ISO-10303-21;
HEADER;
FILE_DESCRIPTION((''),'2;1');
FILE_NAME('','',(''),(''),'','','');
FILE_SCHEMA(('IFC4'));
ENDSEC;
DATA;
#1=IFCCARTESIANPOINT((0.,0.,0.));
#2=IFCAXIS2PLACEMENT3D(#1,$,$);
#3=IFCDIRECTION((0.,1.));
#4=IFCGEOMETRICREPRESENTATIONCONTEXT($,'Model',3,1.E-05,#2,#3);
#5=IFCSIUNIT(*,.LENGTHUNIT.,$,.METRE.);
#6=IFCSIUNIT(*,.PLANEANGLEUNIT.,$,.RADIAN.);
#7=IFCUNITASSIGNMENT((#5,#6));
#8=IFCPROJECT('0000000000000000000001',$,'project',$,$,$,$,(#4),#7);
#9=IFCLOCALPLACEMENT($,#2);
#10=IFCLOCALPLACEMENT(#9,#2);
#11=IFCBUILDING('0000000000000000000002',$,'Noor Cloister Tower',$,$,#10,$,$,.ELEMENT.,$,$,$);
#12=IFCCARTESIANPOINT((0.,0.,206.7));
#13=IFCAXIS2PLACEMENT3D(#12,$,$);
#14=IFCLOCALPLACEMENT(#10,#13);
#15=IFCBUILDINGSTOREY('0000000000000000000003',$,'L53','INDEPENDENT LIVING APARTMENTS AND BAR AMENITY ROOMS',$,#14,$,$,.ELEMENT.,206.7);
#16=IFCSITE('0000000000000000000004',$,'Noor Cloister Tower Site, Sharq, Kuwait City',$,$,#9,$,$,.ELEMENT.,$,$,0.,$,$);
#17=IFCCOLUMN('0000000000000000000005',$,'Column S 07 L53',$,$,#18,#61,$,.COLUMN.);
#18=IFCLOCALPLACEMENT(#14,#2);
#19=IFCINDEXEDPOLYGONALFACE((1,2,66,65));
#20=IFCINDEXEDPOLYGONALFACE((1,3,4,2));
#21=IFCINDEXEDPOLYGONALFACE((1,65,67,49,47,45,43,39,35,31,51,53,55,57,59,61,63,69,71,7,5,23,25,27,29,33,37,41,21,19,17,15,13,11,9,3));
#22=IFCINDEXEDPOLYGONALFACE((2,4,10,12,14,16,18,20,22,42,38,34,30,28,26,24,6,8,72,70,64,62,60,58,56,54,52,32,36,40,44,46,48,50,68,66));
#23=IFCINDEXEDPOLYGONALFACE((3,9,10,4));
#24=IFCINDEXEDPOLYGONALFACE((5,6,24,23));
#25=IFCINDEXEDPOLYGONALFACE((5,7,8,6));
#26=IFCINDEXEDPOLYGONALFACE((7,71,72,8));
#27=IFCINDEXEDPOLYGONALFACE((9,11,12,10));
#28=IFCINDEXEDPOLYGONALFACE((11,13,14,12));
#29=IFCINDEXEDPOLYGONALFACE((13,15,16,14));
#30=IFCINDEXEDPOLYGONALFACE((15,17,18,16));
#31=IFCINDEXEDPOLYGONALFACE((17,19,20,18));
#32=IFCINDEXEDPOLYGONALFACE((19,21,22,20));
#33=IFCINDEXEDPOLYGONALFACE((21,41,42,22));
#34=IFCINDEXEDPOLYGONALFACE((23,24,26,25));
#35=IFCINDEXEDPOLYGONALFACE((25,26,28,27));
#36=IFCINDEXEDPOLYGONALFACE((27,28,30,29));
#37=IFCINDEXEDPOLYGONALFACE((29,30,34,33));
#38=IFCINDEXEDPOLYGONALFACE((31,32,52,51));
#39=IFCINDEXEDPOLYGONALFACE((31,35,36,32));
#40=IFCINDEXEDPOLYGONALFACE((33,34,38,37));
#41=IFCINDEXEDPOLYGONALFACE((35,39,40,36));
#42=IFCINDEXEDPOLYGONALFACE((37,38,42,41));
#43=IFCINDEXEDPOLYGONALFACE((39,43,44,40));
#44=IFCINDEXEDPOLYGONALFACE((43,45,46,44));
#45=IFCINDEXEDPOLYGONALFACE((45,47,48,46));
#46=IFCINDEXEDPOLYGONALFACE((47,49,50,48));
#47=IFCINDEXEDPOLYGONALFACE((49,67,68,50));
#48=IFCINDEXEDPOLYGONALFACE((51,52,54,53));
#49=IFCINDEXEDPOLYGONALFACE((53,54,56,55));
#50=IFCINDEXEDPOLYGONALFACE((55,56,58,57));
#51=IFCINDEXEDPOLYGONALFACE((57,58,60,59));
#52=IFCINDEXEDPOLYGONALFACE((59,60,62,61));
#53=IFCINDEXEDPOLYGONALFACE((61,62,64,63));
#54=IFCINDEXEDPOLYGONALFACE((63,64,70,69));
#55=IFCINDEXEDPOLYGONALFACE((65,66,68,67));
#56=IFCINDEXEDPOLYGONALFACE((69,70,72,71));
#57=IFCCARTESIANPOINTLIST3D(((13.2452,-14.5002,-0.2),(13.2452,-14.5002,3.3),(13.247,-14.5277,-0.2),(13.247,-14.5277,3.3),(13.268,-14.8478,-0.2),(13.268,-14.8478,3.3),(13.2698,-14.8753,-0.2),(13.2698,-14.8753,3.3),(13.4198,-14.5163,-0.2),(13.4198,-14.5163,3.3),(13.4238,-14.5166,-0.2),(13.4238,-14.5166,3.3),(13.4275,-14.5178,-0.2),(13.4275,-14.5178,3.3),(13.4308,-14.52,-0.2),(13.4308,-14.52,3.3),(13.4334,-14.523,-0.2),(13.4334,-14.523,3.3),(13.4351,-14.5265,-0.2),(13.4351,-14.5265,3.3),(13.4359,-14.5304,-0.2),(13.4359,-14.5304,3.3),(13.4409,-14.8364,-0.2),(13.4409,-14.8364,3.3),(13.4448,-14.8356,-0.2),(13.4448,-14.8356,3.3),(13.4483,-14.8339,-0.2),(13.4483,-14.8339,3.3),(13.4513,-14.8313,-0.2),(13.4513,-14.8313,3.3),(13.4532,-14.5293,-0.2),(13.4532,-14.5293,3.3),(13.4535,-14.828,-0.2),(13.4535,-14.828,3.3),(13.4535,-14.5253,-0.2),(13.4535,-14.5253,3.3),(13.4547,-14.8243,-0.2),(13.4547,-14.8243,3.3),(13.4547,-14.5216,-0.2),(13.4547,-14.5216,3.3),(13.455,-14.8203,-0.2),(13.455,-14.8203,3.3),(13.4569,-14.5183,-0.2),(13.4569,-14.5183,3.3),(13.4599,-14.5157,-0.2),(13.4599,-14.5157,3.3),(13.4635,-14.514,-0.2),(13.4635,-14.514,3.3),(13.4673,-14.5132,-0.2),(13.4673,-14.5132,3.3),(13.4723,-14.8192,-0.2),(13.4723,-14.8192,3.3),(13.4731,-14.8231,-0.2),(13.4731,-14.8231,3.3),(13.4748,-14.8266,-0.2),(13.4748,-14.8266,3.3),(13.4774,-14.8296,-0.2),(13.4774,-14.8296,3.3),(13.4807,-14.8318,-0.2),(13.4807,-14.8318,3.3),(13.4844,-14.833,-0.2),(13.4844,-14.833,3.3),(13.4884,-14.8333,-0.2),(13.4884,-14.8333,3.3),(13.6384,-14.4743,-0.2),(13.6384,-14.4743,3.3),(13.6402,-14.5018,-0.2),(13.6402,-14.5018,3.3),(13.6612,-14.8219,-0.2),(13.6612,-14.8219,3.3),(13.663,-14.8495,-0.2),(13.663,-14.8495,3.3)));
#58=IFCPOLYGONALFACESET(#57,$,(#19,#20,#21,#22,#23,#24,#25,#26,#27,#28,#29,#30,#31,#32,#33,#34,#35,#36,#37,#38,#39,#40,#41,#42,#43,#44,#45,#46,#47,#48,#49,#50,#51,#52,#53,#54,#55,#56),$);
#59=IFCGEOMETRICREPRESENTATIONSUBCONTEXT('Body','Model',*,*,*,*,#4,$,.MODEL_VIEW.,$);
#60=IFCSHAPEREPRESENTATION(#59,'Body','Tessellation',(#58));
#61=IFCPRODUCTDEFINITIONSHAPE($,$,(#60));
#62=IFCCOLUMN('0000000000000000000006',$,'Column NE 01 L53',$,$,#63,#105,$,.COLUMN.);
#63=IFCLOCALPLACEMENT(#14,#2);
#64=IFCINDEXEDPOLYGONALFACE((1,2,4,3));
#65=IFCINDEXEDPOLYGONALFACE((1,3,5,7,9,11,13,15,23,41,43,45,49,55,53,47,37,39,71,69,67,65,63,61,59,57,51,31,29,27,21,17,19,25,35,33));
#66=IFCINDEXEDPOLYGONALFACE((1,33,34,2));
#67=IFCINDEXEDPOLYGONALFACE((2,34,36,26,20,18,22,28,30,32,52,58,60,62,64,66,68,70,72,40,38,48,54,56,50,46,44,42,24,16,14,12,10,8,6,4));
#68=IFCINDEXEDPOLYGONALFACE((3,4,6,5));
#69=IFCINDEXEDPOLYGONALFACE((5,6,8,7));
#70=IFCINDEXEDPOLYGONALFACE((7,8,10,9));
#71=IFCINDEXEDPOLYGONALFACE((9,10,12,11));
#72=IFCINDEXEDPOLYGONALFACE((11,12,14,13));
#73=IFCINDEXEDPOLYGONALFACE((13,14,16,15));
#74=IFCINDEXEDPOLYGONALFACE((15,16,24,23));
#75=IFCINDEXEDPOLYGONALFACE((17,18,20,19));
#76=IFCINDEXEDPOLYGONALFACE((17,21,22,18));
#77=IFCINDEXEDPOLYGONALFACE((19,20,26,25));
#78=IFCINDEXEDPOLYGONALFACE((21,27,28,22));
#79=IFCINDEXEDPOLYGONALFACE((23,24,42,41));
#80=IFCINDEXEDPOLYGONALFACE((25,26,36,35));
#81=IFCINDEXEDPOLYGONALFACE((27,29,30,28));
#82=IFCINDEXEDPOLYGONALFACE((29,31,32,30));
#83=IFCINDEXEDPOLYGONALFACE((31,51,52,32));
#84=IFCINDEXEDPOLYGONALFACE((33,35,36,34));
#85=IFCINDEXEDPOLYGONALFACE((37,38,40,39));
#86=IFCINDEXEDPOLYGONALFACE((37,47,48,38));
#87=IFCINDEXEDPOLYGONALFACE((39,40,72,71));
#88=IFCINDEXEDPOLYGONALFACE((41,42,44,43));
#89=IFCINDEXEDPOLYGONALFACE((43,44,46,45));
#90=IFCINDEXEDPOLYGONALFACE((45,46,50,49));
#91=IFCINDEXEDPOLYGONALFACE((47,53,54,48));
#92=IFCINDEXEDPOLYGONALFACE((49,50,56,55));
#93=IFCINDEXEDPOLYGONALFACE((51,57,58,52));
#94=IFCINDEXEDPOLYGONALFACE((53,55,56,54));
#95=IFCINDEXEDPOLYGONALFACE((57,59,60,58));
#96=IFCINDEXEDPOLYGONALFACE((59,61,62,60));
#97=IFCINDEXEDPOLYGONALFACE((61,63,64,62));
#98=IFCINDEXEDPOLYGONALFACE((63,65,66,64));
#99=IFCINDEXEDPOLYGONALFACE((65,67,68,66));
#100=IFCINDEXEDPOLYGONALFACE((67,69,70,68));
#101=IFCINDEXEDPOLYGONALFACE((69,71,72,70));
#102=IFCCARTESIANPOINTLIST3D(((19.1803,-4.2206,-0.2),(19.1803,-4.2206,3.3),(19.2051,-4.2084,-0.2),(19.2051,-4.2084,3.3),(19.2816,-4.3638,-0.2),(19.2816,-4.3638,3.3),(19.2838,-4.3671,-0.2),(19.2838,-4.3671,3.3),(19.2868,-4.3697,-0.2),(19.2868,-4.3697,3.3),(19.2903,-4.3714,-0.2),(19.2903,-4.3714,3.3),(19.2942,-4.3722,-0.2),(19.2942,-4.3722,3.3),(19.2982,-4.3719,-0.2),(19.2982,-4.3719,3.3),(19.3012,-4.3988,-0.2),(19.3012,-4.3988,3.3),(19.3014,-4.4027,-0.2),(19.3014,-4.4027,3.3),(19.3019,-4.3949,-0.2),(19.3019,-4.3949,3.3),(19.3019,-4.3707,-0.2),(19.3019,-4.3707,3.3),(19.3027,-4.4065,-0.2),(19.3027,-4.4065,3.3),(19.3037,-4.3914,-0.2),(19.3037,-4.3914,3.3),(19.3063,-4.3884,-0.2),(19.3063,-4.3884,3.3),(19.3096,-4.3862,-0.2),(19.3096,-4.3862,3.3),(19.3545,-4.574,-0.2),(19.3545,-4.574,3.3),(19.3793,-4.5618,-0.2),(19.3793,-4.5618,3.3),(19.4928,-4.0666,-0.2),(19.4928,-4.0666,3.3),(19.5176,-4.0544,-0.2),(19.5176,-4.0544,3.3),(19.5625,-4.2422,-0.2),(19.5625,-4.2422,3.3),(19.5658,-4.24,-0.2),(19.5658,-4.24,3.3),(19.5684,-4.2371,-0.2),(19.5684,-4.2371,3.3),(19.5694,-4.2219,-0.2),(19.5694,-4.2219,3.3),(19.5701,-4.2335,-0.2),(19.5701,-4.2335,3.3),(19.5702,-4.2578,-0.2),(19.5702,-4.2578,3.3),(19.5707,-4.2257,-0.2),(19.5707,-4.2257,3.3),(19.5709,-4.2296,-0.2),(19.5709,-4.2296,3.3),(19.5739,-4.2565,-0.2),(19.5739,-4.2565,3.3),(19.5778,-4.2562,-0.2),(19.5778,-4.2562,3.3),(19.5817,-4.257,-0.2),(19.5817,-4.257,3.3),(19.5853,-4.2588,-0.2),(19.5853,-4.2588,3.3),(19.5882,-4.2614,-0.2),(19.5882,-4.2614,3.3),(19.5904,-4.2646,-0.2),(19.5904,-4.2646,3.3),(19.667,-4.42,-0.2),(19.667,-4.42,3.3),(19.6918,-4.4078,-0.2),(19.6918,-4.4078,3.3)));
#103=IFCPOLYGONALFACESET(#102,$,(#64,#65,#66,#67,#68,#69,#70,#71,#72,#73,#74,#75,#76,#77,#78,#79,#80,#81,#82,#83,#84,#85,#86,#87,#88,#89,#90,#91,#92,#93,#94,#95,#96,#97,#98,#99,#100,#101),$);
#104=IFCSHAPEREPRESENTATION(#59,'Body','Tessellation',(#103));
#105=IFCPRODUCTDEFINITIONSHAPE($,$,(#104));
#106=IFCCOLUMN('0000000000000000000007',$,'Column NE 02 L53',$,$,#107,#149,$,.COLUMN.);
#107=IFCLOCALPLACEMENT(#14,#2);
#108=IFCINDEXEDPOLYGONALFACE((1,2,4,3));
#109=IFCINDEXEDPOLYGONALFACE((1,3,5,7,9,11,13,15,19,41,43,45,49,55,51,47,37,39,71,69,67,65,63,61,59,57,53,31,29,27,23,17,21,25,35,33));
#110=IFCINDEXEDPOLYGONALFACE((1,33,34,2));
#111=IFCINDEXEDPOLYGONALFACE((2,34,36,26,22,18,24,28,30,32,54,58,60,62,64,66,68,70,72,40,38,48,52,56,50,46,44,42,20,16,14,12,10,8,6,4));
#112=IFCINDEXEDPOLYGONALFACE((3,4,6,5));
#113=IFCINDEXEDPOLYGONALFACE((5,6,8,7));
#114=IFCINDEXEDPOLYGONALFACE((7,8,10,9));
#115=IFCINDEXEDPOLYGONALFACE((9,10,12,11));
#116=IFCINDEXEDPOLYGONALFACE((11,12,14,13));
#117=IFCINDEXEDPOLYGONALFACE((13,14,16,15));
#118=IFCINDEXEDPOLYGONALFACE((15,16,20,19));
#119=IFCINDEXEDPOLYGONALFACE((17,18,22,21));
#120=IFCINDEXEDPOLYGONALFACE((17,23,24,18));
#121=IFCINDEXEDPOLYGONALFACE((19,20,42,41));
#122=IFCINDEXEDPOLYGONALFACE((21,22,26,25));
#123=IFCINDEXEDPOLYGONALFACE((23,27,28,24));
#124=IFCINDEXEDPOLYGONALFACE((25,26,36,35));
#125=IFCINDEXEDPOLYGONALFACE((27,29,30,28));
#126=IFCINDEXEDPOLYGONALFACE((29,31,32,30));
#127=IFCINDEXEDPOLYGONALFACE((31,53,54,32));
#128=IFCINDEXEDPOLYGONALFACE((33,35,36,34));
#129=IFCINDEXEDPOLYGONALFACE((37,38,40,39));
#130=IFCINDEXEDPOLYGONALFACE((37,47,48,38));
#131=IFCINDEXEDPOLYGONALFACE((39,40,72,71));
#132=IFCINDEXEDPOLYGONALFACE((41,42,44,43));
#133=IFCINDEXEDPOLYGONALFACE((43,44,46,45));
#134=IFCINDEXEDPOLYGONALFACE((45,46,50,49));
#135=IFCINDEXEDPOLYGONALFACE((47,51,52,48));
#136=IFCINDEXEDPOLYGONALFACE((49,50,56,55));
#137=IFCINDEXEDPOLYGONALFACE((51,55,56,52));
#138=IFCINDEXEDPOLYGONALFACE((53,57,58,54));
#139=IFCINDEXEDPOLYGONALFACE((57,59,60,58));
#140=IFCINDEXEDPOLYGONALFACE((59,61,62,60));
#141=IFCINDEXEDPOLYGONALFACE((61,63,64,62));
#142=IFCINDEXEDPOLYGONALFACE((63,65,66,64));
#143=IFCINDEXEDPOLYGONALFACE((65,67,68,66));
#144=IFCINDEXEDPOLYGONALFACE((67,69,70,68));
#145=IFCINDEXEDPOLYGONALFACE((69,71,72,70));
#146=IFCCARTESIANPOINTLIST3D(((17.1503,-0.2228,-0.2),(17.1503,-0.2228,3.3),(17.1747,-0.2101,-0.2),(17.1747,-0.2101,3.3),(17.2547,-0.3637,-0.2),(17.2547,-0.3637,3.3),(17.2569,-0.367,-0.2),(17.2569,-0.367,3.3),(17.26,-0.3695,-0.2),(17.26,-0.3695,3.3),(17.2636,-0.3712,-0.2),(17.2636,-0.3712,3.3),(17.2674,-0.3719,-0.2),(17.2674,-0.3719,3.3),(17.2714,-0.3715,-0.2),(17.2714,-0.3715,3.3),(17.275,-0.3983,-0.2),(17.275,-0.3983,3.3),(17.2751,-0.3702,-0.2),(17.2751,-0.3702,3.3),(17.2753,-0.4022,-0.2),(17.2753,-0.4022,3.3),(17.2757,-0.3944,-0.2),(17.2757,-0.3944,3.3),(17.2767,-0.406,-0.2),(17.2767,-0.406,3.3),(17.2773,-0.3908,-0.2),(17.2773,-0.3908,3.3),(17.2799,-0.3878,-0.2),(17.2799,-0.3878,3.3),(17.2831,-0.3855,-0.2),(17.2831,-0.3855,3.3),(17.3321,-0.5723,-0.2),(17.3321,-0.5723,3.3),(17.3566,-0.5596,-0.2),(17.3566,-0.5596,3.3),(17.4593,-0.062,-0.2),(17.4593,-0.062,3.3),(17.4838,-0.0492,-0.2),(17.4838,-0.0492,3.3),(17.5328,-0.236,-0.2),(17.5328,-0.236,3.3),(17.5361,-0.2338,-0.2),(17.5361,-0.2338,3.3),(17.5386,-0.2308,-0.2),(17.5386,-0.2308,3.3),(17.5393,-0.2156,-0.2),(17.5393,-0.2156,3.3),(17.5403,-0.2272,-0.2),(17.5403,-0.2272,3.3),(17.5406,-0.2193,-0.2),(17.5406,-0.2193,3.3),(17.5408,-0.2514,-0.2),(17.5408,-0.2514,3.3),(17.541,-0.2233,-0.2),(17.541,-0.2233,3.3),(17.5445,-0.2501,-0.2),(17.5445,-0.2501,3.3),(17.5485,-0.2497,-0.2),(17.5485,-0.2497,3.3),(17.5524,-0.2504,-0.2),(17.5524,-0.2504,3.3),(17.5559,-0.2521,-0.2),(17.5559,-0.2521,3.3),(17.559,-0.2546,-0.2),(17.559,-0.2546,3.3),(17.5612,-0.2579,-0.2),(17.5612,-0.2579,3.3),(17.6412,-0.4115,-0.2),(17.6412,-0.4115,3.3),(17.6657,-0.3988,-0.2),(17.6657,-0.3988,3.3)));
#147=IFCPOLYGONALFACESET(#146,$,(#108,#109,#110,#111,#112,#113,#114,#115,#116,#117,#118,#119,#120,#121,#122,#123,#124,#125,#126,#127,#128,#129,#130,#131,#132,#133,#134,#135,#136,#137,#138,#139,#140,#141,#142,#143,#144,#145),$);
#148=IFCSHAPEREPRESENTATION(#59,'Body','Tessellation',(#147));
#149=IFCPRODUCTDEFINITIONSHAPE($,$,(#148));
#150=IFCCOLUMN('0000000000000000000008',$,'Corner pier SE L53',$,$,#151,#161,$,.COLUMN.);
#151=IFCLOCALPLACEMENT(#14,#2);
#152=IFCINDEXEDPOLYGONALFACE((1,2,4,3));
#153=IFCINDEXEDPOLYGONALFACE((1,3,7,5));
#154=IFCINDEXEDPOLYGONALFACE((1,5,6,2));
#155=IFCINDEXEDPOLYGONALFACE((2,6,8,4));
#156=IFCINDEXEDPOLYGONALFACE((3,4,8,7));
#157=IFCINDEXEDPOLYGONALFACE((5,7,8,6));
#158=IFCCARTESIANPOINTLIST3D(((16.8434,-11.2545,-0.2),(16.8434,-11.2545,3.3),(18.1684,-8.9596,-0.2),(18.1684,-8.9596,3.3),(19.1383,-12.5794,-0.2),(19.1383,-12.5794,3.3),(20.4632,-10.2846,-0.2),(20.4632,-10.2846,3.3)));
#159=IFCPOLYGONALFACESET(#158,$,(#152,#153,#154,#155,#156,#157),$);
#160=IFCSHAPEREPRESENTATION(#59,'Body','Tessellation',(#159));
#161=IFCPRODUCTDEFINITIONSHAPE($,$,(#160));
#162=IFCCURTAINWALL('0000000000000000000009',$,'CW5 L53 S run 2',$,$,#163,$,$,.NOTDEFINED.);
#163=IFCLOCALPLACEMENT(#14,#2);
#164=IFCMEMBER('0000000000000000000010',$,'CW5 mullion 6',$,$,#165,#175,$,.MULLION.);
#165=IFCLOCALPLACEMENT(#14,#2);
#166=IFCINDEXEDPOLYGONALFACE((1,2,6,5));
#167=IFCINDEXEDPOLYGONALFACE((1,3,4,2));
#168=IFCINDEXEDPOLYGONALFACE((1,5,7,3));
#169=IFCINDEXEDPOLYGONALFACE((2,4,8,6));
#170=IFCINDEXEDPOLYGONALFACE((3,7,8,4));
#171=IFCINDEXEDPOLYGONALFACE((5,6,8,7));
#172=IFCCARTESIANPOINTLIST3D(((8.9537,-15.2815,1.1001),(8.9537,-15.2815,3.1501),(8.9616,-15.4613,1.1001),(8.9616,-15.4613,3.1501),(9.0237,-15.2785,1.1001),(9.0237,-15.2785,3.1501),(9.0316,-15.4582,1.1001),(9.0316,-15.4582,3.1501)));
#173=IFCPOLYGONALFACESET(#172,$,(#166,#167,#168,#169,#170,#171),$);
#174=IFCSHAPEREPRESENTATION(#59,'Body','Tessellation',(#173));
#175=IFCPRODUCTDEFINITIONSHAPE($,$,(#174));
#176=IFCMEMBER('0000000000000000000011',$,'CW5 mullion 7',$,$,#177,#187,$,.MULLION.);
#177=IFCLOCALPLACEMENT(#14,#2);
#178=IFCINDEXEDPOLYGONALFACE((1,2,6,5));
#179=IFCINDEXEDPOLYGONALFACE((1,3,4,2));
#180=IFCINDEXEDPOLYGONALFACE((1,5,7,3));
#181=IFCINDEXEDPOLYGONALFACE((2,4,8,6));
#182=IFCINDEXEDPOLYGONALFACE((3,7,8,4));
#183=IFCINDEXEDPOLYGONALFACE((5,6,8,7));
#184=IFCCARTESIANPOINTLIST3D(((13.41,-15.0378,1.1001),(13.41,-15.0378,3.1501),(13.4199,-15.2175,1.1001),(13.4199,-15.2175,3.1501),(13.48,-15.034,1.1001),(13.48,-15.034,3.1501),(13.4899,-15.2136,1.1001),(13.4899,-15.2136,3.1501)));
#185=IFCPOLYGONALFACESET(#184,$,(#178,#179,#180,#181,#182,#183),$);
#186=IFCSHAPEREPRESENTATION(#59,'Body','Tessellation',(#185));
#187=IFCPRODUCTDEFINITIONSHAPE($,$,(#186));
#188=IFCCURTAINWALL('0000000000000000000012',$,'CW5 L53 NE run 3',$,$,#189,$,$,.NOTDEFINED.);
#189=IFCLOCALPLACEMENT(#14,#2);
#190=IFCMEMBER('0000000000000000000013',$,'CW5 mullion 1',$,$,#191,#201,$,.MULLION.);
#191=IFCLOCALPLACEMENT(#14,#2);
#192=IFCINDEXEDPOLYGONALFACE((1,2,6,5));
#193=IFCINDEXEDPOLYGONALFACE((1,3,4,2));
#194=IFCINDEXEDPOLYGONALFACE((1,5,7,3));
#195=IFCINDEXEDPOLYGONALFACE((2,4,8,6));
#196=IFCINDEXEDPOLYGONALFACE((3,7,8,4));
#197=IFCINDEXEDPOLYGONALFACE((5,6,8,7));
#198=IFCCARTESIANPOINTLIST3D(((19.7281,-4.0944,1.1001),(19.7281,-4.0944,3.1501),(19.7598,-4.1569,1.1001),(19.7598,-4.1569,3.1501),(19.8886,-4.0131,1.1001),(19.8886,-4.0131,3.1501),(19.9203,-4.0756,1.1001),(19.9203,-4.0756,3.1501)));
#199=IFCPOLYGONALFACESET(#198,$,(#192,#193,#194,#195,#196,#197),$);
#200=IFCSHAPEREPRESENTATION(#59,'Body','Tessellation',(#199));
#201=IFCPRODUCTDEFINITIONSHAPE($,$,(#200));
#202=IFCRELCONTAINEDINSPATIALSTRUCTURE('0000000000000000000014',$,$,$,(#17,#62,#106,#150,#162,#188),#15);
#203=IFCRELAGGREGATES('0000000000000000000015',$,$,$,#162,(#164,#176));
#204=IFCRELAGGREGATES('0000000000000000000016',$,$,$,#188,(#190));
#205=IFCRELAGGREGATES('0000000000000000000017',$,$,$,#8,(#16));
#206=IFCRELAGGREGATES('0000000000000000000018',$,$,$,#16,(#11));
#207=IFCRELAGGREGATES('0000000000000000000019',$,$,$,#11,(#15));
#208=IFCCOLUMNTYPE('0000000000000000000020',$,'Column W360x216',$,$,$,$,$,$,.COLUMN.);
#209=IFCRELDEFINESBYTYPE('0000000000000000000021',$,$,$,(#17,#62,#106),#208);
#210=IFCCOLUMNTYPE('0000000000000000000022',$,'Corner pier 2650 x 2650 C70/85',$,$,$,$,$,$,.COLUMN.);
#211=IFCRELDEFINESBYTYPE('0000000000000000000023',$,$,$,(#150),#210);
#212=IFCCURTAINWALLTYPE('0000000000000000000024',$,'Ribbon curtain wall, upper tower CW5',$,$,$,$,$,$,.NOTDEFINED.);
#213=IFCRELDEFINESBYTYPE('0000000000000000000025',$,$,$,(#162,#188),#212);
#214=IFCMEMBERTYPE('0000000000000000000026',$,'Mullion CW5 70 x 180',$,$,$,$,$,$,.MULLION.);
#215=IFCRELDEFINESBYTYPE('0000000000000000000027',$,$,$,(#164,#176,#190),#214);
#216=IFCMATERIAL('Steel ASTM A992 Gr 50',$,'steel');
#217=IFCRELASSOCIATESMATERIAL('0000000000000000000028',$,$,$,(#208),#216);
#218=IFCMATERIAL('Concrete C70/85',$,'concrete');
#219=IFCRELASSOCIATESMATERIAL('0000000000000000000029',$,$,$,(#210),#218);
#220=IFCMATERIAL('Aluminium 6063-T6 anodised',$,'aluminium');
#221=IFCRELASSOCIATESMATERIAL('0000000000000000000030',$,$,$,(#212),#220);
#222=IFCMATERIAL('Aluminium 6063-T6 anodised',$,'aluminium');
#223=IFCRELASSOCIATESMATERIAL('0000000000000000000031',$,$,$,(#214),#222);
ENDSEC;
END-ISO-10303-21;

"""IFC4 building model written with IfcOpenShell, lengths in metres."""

from ifc_helpers import new_model, si_unit, direction, frame, origin, origin_2d, place, context, subcontext, project, spatial, rectangle, i_section, extrude, material, material_profile, profile_set, type_object, element, aggregate, save


model = new_model("IFC4")

# Units and contexts
model_context = context("Model", 3, precision=1e-05, world=origin(), true_north=direction((0.0, 1.0)))
body_context = subcontext(model_context, "Body", "Model", "MODEL_VIEW")
ifc_project = project(units=[si_unit("LENGTHUNIT", "METRE"), si_unit("PLANEANGLEUNIT", "RADIAN")], contexts=[model_context])

# Site, building, storey
site_placement = place(None, origin())
site = spatial("IfcSite", under=ifc_project, at=site_placement, Name="Noor Cloister Tower Site, Sharq, Kuwait City", CompositionType="ELEMENT", RefElevation=0.0)
building_placement = place(site_placement, origin())
building = spatial("IfcBuilding", under=site, at=building_placement, Name="Noor Cloister Tower", CompositionType="ELEMENT")
storey_placement = place(building_placement, frame((0.0, 0.0, 206.7)))
storey = spatial("IfcBuildingStorey", under=building, at=storey_placement, Name="L53", Description="INDEPENDENT LIVING APARTMENTS AND BAR AMENITY ROOMS", CompositionType="ELEMENT", Elevation=206.7)

# Columns
ifc_material_1 = material(Name="Steel ASTM A992 Gr 50", Category="steel")
ifc_material_profile_1 = material_profile(ifc_material_1, i_section(OverallWidth=0.394, OverallDepth=0.376, WebThickness=0.0173, FlangeThickness=0.0276, FilletRadius=0.0151, at=origin_2d()), Name="W360x216")
ifc_profile_set_1 = profile_set([ifc_material_profile_1], Name="Steel ASTM A992 Gr 50")
column_type_1 = type_object("IfcColumnType", Name="Column W360x216", PredefinedType="COLUMN", material=ifc_profile_set_1)
for number, where, z_axis, x_axis, name in (
    (1, (13.4541, -14.6748, -0.2), (0.0, 0.0, 1.0), (0.997844, 0.065627, 0.0), "Column S 07 L53"),
    (2, (19.436, -4.3142, -0.2), (0.0, 0.0, 1.0), (-0.442087, 0.896972, 0.0), "Column NE 01 L53"),
    (3, (17.408, -0.3108, -0.2), (0.0, 0.0, 1.0), (-0.461616, 0.88708, 0.0), "Column NE 02 L53"),
):
    element("IfcColumn", number, at=place(storey_placement, frame(where, z_axis=z_axis, x_axis=x_axis)), inside=storey, type_object=column_type_1, Name=name, PredefinedType="COLUMN", context=body_context, shape_type="SweptSolid", body=[
        extrude(i_section(OverallWidth=0.394, OverallDepth=0.376, WebThickness=0.0173, FlangeThickness=0.0276, FilletRadius=0.0151, at=origin_2d()), origin(), (0.0, 0.0, 1.0), 3.5),
    ])
ifc_material_2 = material(Name="Concrete C70/85", Category="concrete")
ifc_material_profile_2 = material_profile(ifc_material_2, rectangle(XDim=2.6499, YDim=2.6499, at=origin_2d()), Name="RC 2650x2650")
ifc_profile_set_2 = profile_set([ifc_material_profile_2], Name="Concrete C70/85")
column_type_2 = type_object("IfcColumnType", Name="Corner pier 2650 x 2650 C70/85", PredefinedType="COLUMN", material=ifc_profile_set_2)
column_placement = place(storey_placement, frame((18.6533, -10.7695, -0.2), z_axis=(0.0, 0.0, 1.0), x_axis=(0.866025, -0.5, 0.0)))
element("IfcColumn", 4, at=column_placement, inside=storey, type_object=column_type_2, Name="Corner pier SE L53", PredefinedType="COLUMN", context=body_context, shape_type="SweptSolid", body=[
    extrude(rectangle(XDim=2.6499, YDim=2.6499, at=origin_2d()), origin(), (0.0, 0.0, 1.0), 3.5),
])

# Curtain walls, members
ifc_material_3 = material(Name="Aluminium 6063-T6 anodised", Category="aluminium")
curtain_wall_type = type_object("IfcCurtainWallType", Name="Ribbon curtain wall, upper tower CW5", PredefinedType="NOTDEFINED", material=ifc_material_3)
curtain_wall_1_placement = place(storey_placement, origin())
curtain_wall_1 = element("IfcCurtainWall", 5, at=curtain_wall_1_placement, inside=storey, type_object=curtain_wall_type, Name="CW5 L53 S run 2", PredefinedType="NOTDEFINED")
ifc_material_4 = material(Name="Aluminium 6063-T6 anodised", Category="aluminium")
ifc_material_profile_3 = material_profile(ifc_material_4, rectangle(XDim=0.1799, YDim=0.0701, at=origin_2d()), Name="180 x 70 mullion")
ifc_profile_set_3 = profile_set([ifc_material_profile_3], Name="Aluminium 6063-T6 anodised")
member_type = type_object("IfcMemberType", Name="Mullion CW5 70 x 180", PredefinedType="MULLION", material=ifc_profile_set_3)
member_1_placement = place(storey_placement, frame((8.9927, -15.3699, 1.1001), z_axis=(0.0, 0.0, 1.0), x_axis=(-0.043769, 0.999042, 0.0)))
member_1 = element("IfcMember", 6, at=member_1_placement, type_object=member_type, Name="CW5 mullion 6", PredefinedType="MULLION", context=body_context, shape_type="SweptSolid", body=[
    extrude(rectangle(XDim=0.1799, YDim=0.0701, at=origin_2d()), origin(), (0.0, 0.0, 1.0), 2.05),
])
member_2_placement = place(storey_placement, frame((13.45, -15.1257, 1.1001), z_axis=(0.0, 0.0, 1.0), x_axis=(-0.054701, 0.998503, 0.0)))
member_2 = element("IfcMember", 7, at=member_2_placement, type_object=member_type, Name="CW5 mullion 7", PredefinedType="MULLION", context=body_context, shape_type="SweptSolid", body=[
    extrude(rectangle(XDim=0.1799, YDim=0.0701, at=origin_2d()), origin(), (0.0, 0.0, 1.0), 2.05),
])
curtain_wall_2_placement = place(storey_placement, origin())
curtain_wall_2 = element("IfcCurtainWall", 8, at=curtain_wall_2_placement, inside=storey, type_object=curtain_wall_type, Name="CW5 L53 NE run 3", PredefinedType="NOTDEFINED")
member_3_placement = place(storey_placement, frame((19.8242, -4.085, 1.1001), z_axis=(0.0, 0.0, 1.0), x_axis=(-0.892079, -0.451879, 0.0)))
member_3 = element("IfcMember", 9, at=member_3_placement, type_object=member_type, Name="CW5 mullion 1", PredefinedType="MULLION", context=body_context, shape_type="SweptSolid", body=[
    extrude(rectangle(XDim=0.1799, YDim=0.0701, at=origin_2d()), origin(), (0.0, 0.0, 1.0), 2.05),
])

aggregate(curtain_wall_1, [member_1, member_2])
aggregate(curtain_wall_2, [member_3])

save(model, "model.ifc")
